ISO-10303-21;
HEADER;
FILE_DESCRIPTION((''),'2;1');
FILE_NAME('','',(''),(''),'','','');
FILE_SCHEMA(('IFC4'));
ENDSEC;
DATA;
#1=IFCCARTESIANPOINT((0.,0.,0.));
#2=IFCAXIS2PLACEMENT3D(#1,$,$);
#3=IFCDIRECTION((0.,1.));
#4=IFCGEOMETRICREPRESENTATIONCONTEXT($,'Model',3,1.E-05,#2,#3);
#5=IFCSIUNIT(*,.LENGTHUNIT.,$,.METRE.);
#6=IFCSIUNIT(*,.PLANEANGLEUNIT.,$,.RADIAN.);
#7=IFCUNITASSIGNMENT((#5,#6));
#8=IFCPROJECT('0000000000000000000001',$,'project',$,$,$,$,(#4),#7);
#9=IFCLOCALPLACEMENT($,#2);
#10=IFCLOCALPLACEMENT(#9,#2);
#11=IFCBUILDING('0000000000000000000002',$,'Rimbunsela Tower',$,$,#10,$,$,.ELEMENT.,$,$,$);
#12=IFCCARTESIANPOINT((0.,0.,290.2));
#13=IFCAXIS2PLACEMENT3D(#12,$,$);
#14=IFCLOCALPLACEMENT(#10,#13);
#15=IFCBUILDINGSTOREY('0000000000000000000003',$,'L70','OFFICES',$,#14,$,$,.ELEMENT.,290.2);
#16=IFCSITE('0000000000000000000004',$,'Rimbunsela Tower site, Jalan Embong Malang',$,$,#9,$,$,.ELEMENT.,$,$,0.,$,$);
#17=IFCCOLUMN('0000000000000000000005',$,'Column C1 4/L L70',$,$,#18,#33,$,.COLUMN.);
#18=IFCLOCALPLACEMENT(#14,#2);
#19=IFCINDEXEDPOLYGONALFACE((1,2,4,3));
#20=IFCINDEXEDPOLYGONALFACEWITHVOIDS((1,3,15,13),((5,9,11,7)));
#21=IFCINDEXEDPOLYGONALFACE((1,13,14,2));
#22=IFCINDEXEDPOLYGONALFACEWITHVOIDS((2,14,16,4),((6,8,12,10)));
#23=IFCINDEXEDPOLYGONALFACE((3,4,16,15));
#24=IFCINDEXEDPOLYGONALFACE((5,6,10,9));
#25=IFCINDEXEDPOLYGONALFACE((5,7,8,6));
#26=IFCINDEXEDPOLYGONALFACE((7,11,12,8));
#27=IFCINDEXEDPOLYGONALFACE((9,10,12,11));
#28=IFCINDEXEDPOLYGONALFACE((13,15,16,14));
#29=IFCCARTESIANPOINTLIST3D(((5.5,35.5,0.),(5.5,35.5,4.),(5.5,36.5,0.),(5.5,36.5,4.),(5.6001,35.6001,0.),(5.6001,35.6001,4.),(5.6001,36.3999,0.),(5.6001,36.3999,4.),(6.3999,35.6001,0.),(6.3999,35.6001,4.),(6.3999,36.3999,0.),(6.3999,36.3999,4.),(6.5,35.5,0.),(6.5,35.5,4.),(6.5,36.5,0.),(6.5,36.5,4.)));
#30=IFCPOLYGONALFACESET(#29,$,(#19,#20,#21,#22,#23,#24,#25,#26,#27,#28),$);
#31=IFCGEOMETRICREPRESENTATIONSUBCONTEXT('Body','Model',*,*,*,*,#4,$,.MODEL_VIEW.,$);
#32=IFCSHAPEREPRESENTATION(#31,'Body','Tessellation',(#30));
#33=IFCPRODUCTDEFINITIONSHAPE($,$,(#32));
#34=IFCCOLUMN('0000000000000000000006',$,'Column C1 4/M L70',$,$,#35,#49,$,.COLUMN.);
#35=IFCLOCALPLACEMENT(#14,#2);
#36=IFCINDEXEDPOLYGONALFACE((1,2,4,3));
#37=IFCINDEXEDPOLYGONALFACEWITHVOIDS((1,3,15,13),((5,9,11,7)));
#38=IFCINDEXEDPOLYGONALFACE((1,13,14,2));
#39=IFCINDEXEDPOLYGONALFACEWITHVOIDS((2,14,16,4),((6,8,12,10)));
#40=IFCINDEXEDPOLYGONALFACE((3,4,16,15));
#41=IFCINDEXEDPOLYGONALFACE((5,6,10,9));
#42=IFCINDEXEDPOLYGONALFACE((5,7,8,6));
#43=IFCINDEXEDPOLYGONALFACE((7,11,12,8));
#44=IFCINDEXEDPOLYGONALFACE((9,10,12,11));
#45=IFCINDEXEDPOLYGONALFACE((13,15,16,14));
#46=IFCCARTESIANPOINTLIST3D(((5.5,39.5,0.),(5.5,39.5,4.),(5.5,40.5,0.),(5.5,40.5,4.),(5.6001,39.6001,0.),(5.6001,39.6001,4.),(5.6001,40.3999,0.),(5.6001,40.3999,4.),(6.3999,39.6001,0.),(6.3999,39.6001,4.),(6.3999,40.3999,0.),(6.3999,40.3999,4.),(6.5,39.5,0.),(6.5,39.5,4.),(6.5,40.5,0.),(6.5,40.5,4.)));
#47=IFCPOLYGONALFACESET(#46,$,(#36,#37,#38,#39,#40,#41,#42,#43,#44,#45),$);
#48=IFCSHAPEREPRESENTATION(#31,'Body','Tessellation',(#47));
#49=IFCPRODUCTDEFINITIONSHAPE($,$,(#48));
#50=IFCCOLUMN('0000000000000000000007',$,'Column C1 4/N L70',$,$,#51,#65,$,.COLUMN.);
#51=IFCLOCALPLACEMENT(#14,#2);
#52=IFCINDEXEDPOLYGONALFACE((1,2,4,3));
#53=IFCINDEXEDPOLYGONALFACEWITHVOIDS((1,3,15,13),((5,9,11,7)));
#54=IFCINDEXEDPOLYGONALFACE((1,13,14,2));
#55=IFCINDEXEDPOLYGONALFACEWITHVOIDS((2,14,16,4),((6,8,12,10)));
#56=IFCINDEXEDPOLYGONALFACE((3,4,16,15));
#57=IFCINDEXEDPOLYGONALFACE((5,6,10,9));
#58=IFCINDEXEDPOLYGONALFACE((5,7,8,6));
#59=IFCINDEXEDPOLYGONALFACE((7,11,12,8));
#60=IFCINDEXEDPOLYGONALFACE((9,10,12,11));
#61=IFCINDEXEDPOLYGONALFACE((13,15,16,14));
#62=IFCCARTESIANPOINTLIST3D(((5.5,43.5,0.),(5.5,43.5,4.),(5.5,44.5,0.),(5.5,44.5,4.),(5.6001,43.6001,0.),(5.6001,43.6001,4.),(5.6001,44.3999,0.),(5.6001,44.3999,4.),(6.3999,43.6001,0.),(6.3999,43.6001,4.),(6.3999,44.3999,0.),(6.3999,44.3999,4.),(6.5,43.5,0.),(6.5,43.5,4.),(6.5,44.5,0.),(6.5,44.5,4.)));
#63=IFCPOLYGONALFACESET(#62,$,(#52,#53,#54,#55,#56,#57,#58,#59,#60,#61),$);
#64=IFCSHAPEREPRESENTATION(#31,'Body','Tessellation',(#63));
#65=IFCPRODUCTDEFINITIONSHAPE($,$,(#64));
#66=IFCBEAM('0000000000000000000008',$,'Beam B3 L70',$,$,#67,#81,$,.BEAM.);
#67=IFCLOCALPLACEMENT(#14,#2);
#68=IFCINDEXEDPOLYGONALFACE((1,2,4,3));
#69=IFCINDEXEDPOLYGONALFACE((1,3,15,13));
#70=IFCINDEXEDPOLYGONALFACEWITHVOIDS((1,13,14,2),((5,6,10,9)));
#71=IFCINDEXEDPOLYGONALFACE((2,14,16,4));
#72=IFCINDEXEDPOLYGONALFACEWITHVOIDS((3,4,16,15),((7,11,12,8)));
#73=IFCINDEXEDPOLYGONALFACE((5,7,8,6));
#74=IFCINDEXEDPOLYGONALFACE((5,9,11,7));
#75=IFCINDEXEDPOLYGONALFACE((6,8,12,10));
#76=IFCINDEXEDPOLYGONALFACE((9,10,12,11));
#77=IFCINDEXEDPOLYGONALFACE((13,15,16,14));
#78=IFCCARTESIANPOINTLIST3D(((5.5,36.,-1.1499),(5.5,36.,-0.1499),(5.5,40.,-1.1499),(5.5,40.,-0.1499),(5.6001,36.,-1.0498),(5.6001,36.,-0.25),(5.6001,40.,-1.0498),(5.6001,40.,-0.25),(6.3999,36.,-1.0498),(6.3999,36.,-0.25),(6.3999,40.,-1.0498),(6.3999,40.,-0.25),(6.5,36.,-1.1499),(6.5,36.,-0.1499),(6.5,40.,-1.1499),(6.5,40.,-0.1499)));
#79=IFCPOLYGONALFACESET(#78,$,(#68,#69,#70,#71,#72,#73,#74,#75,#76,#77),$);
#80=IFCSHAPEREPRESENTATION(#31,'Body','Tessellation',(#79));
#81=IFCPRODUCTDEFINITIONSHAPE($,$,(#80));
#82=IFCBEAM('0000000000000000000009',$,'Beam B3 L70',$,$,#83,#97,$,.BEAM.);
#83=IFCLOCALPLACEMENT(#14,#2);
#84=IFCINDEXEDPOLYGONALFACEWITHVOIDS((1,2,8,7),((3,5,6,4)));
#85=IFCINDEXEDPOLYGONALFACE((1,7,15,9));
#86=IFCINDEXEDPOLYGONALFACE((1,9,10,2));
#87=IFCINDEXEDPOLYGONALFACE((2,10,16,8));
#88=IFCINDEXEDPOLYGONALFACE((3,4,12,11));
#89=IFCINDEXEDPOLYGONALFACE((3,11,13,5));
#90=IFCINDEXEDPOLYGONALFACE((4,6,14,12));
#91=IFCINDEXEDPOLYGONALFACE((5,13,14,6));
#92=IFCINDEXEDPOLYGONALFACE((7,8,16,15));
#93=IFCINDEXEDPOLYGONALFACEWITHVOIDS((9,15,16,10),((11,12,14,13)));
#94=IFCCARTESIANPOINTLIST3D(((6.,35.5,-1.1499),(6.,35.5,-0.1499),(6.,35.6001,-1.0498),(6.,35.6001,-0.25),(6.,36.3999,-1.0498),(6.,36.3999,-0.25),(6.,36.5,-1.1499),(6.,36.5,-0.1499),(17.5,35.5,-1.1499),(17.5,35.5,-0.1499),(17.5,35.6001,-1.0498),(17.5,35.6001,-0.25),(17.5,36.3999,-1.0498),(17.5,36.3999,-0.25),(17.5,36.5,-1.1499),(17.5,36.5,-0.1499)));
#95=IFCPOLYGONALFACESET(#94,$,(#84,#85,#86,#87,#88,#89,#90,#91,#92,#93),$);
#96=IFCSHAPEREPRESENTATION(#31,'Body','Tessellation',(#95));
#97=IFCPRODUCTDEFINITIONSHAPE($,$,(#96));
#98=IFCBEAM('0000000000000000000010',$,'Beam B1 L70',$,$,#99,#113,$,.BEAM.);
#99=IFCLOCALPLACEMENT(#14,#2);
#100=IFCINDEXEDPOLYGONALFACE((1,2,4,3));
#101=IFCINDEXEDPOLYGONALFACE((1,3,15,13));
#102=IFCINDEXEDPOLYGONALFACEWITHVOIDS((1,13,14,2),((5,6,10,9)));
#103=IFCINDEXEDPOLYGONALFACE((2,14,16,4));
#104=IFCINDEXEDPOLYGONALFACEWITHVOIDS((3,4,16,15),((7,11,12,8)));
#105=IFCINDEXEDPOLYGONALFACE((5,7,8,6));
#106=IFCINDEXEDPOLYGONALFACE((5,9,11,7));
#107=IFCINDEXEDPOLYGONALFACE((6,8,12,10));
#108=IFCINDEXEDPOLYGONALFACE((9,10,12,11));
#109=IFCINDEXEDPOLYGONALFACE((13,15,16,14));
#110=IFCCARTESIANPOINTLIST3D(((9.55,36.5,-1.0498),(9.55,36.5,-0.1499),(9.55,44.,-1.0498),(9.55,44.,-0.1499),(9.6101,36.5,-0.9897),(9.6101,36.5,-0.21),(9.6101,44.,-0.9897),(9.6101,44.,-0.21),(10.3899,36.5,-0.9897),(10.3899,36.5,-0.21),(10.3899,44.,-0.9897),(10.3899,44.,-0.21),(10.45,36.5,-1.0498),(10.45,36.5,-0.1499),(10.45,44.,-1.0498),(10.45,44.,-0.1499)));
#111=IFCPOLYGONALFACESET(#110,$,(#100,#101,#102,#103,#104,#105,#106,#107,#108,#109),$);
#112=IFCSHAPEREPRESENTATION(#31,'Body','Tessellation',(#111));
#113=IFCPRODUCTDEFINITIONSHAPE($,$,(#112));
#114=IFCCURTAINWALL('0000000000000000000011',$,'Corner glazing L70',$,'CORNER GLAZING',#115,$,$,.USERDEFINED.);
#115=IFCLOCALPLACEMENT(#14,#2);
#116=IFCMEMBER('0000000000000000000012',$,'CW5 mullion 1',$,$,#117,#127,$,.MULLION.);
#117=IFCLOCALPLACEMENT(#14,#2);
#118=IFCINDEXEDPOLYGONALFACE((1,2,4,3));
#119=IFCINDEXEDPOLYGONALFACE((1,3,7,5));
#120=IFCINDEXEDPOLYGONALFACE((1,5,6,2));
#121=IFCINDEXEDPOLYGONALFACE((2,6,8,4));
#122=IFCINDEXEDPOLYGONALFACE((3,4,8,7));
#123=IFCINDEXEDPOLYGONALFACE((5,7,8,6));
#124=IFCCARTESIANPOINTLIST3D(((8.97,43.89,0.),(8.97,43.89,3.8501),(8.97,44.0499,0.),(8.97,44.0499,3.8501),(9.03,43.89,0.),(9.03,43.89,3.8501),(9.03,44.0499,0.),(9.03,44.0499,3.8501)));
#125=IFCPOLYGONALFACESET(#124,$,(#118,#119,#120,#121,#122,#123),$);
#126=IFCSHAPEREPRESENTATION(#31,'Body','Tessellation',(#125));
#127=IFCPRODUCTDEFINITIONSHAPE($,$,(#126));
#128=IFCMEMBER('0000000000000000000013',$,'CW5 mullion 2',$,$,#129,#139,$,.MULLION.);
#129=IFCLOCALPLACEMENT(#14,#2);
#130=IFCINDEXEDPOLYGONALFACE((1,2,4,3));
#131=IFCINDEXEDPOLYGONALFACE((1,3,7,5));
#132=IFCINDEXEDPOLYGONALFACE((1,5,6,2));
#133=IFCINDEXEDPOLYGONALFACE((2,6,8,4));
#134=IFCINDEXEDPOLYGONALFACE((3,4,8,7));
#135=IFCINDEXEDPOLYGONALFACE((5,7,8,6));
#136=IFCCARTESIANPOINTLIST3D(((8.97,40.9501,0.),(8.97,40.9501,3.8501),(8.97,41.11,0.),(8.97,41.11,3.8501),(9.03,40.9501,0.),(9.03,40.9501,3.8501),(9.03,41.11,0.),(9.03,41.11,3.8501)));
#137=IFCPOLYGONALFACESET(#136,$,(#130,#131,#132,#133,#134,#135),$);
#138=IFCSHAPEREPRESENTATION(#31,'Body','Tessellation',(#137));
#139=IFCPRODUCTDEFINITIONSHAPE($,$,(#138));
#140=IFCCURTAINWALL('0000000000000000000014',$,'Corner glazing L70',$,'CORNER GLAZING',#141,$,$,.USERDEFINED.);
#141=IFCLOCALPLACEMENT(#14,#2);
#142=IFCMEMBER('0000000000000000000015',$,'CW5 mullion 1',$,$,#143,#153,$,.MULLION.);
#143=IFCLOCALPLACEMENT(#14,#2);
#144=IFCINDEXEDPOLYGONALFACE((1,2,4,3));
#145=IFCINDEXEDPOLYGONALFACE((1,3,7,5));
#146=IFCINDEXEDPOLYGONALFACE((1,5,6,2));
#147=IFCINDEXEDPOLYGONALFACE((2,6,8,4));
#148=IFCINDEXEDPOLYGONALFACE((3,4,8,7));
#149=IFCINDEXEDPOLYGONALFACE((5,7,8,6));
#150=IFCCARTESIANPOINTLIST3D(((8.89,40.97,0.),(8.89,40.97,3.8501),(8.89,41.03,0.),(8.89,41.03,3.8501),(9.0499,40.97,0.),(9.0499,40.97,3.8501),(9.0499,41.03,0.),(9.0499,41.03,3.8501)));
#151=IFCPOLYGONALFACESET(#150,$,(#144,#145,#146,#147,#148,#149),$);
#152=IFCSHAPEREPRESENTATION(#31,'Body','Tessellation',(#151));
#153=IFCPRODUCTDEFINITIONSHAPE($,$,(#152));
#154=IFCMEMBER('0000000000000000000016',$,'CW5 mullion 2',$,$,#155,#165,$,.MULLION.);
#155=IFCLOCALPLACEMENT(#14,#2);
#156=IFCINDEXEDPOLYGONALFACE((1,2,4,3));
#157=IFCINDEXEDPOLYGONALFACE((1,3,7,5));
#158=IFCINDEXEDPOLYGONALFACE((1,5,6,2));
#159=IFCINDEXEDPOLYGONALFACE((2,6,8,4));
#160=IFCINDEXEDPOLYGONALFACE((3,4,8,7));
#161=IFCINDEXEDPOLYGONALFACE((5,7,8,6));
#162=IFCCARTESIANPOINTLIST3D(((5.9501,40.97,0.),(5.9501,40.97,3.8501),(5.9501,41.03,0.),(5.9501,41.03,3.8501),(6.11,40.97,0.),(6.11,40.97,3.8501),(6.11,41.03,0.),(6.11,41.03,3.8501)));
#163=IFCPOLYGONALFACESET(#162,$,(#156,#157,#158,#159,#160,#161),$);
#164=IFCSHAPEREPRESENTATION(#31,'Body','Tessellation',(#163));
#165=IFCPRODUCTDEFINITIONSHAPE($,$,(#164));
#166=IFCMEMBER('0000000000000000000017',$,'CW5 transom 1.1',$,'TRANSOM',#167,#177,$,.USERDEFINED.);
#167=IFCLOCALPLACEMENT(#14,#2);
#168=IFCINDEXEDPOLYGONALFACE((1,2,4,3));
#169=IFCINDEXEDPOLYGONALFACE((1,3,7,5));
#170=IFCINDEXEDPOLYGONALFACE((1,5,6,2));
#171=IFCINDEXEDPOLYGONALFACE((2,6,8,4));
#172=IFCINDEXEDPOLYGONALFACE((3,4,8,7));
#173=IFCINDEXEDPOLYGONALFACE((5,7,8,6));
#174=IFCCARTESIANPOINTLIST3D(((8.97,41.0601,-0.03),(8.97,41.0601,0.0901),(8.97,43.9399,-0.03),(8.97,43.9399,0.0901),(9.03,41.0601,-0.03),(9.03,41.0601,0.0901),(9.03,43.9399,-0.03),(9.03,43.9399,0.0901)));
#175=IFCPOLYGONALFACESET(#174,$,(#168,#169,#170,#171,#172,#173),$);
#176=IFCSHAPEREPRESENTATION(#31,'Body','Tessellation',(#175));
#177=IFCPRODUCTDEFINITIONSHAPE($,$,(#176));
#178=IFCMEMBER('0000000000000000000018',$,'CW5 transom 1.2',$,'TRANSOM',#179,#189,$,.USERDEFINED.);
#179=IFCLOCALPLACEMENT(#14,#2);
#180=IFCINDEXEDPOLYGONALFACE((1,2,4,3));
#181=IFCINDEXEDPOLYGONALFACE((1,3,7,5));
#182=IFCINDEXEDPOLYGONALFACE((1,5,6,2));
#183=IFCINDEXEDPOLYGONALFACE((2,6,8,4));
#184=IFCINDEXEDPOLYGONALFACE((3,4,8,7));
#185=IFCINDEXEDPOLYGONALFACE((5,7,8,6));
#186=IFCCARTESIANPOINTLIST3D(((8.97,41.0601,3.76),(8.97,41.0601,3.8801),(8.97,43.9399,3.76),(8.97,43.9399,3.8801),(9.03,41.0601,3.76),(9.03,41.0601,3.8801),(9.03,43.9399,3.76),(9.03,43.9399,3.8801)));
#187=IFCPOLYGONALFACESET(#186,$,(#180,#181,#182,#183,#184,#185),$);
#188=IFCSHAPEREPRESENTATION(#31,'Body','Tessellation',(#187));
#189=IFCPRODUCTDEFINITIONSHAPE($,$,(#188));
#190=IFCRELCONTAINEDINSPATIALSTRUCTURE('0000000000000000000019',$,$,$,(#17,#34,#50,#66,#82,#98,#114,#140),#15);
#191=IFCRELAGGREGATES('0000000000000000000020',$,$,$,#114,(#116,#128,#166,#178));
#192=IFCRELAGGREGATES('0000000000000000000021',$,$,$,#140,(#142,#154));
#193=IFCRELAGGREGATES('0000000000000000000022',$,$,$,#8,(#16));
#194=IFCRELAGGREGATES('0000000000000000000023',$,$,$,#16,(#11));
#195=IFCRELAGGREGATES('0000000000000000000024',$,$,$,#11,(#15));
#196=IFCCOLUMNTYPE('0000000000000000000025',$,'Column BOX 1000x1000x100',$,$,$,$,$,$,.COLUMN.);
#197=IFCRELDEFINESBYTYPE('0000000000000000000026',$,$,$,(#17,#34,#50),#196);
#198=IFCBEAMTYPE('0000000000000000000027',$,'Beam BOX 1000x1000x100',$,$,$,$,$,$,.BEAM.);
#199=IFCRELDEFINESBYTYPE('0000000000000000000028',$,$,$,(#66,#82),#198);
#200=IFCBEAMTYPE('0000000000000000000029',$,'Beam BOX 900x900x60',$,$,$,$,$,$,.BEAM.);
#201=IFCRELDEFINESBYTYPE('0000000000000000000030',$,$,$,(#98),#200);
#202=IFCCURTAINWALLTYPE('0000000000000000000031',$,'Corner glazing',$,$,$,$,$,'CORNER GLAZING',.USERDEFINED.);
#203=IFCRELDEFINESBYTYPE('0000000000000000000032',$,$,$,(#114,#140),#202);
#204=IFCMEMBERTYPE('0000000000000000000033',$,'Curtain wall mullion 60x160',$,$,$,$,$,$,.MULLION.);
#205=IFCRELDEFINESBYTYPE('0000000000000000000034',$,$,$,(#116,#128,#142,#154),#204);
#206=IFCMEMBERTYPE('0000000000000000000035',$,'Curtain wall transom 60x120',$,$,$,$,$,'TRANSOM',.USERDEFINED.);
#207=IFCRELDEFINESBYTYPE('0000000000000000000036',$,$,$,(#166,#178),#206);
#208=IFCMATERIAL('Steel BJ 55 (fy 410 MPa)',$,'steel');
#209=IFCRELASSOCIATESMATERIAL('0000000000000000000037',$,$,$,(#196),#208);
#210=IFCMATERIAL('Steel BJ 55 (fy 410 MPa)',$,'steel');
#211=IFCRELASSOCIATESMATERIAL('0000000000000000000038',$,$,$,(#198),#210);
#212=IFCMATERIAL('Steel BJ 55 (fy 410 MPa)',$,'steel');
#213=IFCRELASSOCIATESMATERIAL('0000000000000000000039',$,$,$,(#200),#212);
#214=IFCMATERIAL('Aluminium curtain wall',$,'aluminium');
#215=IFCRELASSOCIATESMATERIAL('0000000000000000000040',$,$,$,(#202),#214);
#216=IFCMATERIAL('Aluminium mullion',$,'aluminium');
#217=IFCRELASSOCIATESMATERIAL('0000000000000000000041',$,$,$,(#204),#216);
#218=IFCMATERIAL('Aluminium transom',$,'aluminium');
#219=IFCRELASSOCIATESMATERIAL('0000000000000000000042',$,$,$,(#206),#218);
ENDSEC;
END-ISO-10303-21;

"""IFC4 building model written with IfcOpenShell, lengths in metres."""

from ifc_helpers import new_model, si_unit, direction, frame, origin, origin_2d, place, context, subcontext, project, spatial, rectangle, hollow_rectangle, extrude, material, material_profile, profile_set, type_object, element, aggregate, save


model = new_model("IFC4")

# Units and contexts
model_context = context("Model", 3, precision=1e-05, world=origin(), true_north=direction((0.0, 1.0)))
body_context = subcontext(model_context, "Body", "Model", "MODEL_VIEW")
ifc_project = project(units=[si_unit("LENGTHUNIT", "METRE"), si_unit("PLANEANGLEUNIT", "RADIAN")], contexts=[model_context])

# Site, building, storey
site_placement = place(None, origin())
site = spatial("IfcSite", under=ifc_project, at=site_placement, Name="Rimbunsela Tower site, Jalan Embong Malang", CompositionType="ELEMENT", RefElevation=0.0)
building_placement = place(site_placement, origin())
building = spatial("IfcBuilding", under=site, at=building_placement, Name="Rimbunsela Tower", CompositionType="ELEMENT")
storey_placement = place(building_placement, frame((0.0, 0.0, 290.2)))
storey = spatial("IfcBuildingStorey", under=building, at=storey_placement, Name="L70", Description="OFFICES", CompositionType="ELEMENT", Elevation=290.2)

# Columns
ifc_material_1 = material(Name="Steel BJ 55 (fy 410 MPa)", Category="steel")
ifc_material_profile_1 = material_profile(ifc_material_1, hollow_rectangle(XDim=1.0, YDim=1.0, WallThickness=0.1001, at=origin_2d()), Name="BOX 1000x1000x100")
ifc_profile_set_1 = profile_set([ifc_material_profile_1], Name="Steel BJ 55 (fy 410 MPa)")
column_type = type_object("IfcColumnType", Name="Column BOX 1000x1000x100", PredefinedType="COLUMN", material=ifc_profile_set_1)
for number, where, z_axis, x_axis, name in (
    (1, (6.0, 36.0, 0.0), (0.0, 0.0, 1.0), (1.0, 0.0, 0.0), "Column C1 4/L L70"),
    (2, (6.0, 40.0, 0.0), (0.0, 0.0, 1.0), (1.0, 0.0, 0.0), "Column C1 4/M L70"),
    (3, (6.0, 44.0, 0.0), (0.0, 0.0, 1.0), (1.0, 0.0, 0.0), "Column C1 4/N L70"),
):
    element("IfcColumn", number, at=place(storey_placement, frame(where, z_axis=z_axis, x_axis=x_axis)), inside=storey, type_object=column_type, Name=name, PredefinedType="COLUMN", context=body_context, shape_type="SweptSolid", body=[
        extrude(hollow_rectangle(XDim=1.0, YDim=1.0, WallThickness=0.1001, at=origin_2d()), origin(), (0.0, 0.0, 1.0), 4.0),
    ])

# Beams
ifc_material_2 = material(Name="Steel BJ 55 (fy 410 MPa)", Category="steel")
ifc_material_profile_2 = material_profile(ifc_material_2, hollow_rectangle(XDim=1.0, YDim=1.0, WallThickness=0.1001, at=origin_2d()), Name="BOX 1000x1000x100")
ifc_profile_set_2 = profile_set([ifc_material_profile_2], Name="Steel BJ 55 (fy 410 MPa)")
beam_type_1 = type_object("IfcBeamType", Name="Beam BOX 1000x1000x100", PredefinedType="BEAM", material=ifc_profile_set_2)
beam_1_placement = place(storey_placement, frame((6.0, 36.0, -0.6499), z_axis=(0.0, 1.0, 0.0), x_axis=(-1.0, 0.0, 0.0)))
element("IfcBeam", 4, at=beam_1_placement, inside=storey, type_object=beam_type_1, Name="Beam B3 L70", PredefinedType="BEAM", context=body_context, shape_type="SweptSolid", body=[
    extrude(hollow_rectangle(XDim=1.0, YDim=1.0, WallThickness=0.1001, at=origin_2d()), origin(), (0.0, 0.0, 1.0), 4.0),
])
beam_2_placement = place(storey_placement, frame((6.0, 36.0, -0.6499), z_axis=(1.0, 0.0, 0.0), x_axis=(0.0, 1.0, 0.0)))
element("IfcBeam", 5, at=beam_2_placement, inside=storey, type_object=beam_type_1, Name="Beam B3 L70", PredefinedType="BEAM", context=body_context, shape_type="SweptSolid", body=[
    extrude(hollow_rectangle(XDim=1.0, YDim=1.0, WallThickness=0.1001, at=origin_2d()), origin(), (0.0, 0.0, 1.0), 11.5),
])
ifc_material_3 = material(Name="Steel BJ 55 (fy 410 MPa)", Category="steel")
ifc_material_profile_3 = material_profile(ifc_material_3, hollow_rectangle(XDim=0.8999, YDim=0.8999, WallThickness=0.0601, at=origin_2d()), Name="BOX 900x900x60")
ifc_profile_set_3 = profile_set([ifc_material_profile_3], Name="Steel BJ 55 (fy 410 MPa)")
beam_type_2 = type_object("IfcBeamType", Name="Beam BOX 900x900x60", PredefinedType="BEAM", material=ifc_profile_set_3)
beam_3_placement = place(storey_placement, frame((10.0, 36.5, -0.5999), z_axis=(0.0, 1.0, 0.0), x_axis=(-1.0, 0.0, 0.0)))
element("IfcBeam", 6, at=beam_3_placement, inside=storey, type_object=beam_type_2, Name="Beam B1 L70", PredefinedType="BEAM", context=body_context, shape_type="SweptSolid", body=[
    extrude(hollow_rectangle(XDim=0.8999, YDim=0.8999, WallThickness=0.0601, at=origin_2d()), origin(), (0.0, 0.0, 1.0), 7.5),
])

# Curtain walls, members
ifc_material_4 = material(Name="Aluminium curtain wall", Category="aluminium")
curtain_wall_type = type_object("IfcCurtainWallType", Name="Corner glazing", ElementType="CORNER GLAZING", PredefinedType="USERDEFINED", material=ifc_material_4)
curtain_wall_1_placement = place(storey_placement, origin())
curtain_wall_1 = element("IfcCurtainWall", 7, at=curtain_wall_1_placement, inside=storey, type_object=curtain_wall_type, Name="Corner glazing L70", ObjectType="CORNER GLAZING", PredefinedType="USERDEFINED")
ifc_material_5 = material(Name="Aluminium mullion", Category="aluminium")
ifc_material_profile_4 = material_profile(ifc_material_5, rectangle(XDim=0.0601, YDim=0.1599, at=origin_2d()), Name="Mullion 60x160")
ifc_profile_set_4 = profile_set([ifc_material_profile_4], Name="Aluminium mullion")
member_type_1 = type_object("IfcMemberType", Name="Curtain wall mullion 60x160", PredefinedType="MULLION", material=ifc_profile_set_4)
member_1_placement = place(storey_placement, frame((9.0, 43.97, 0.0), z_axis=(0.0, 0.0, 1.0), x_axis=(1.0, 0.0, 0.0)))
member_1 = element("IfcMember", 8, at=member_1_placement, type_object=member_type_1, Name="CW5 mullion 1", PredefinedType="MULLION", context=body_context, shape_type="SweptSolid", body=[
    extrude(rectangle(XDim=0.0601, YDim=0.1599, at=origin_2d()), origin(), (0.0, 0.0, 1.0), 3.8501),
])
member_2_placement = place(storey_placement, frame((9.0, 41.03, 0.0), z_axis=(0.0, 0.0, 1.0), x_axis=(1.0, 0.0, 0.0)))
member_2 = element("IfcMember", 9, at=member_2_placement, type_object=member_type_1, Name="CW5 mullion 2", PredefinedType="MULLION", context=body_context, shape_type="SweptSolid", body=[
    extrude(rectangle(XDim=0.0601, YDim=0.1599, at=origin_2d()), origin(), (0.0, 0.0, 1.0), 3.8501),
])
curtain_wall_2_placement = place(storey_placement, origin())
curtain_wall_2 = element("IfcCurtainWall", 10, at=curtain_wall_2_placement, inside=storey, type_object=curtain_wall_type, Name="Corner glazing L70", ObjectType="CORNER GLAZING", PredefinedType="USERDEFINED")
member_3_placement = place(storey_placement, frame((8.97, 41.0, 0.0), z_axis=(0.0, 0.0, 1.0), x_axis=(0.0, -1.0, 0.0)))
member_3 = element("IfcMember", 11, at=member_3_placement, type_object=member_type_1, Name="CW5 mullion 1", PredefinedType="MULLION", context=body_context, shape_type="SweptSolid", body=[
    extrude(rectangle(XDim=0.0601, YDim=0.1599, at=origin_2d()), origin(), (0.0, 0.0, 1.0), 3.8501),
])
member_4_placement = place(storey_placement, frame((6.03, 41.0, 0.0), z_axis=(0.0, 0.0, 1.0), x_axis=(0.0, -1.0, 0.0)))
member_4 = element("IfcMember", 12, at=member_4_placement, type_object=member_type_1, Name="CW5 mullion 2", PredefinedType="MULLION", context=body_context, shape_type="SweptSolid", body=[
    extrude(rectangle(XDim=0.0601, YDim=0.1599, at=origin_2d()), origin(), (0.0, 0.0, 1.0), 3.8501),
])

# Members
ifc_material_6 = material(Name="Aluminium transom", Category="aluminium")
ifc_material_profile_5 = material_profile(ifc_material_6, rectangle(XDim=0.0601, YDim=0.1201, at=origin_2d()), Name="Transom 60x120")
ifc_profile_set_5 = profile_set([ifc_material_profile_5], Name="Aluminium transom")
member_type_2 = type_object("IfcMemberType", Name="Curtain wall transom 60x120", ElementType="TRANSOM", PredefinedType="USERDEFINED", material=ifc_profile_set_5)
member_5_placement = place(storey_placement, frame((9.0, 43.9399, 0.03), z_axis=(0.0, -1.0, 0.0), x_axis=(1.0, 0.0, 0.0)))
member_5 = element("IfcMember", 13, at=member_5_placement, type_object=member_type_2, Name="CW5 transom 1.1", ObjectType="TRANSOM", PredefinedType="USERDEFINED", context=body_context, shape_type="SweptSolid", body=[
    extrude(rectangle(XDim=0.0601, YDim=0.1201, at=origin_2d()), origin(), (0.0, 0.0, 1.0), 2.8799),
])
member_6_placement = place(storey_placement, frame((9.0, 43.9399, 3.8201), z_axis=(0.0, -1.0, 0.0), x_axis=(1.0, 0.0, 0.0)))
member_6 = element("IfcMember", 14, at=member_6_placement, type_object=member_type_2, Name="CW5 transom 1.2", ObjectType="TRANSOM", PredefinedType="USERDEFINED", context=body_context, shape_type="SweptSolid", body=[
    extrude(rectangle(XDim=0.0601, YDim=0.1201, at=origin_2d()), origin(), (0.0, 0.0, 1.0), 2.8799),
])

aggregate(curtain_wall_1, [member_1, member_2, member_5, member_6])
aggregate(curtain_wall_2, [member_3, member_4])

save(model, "model.ifc")
